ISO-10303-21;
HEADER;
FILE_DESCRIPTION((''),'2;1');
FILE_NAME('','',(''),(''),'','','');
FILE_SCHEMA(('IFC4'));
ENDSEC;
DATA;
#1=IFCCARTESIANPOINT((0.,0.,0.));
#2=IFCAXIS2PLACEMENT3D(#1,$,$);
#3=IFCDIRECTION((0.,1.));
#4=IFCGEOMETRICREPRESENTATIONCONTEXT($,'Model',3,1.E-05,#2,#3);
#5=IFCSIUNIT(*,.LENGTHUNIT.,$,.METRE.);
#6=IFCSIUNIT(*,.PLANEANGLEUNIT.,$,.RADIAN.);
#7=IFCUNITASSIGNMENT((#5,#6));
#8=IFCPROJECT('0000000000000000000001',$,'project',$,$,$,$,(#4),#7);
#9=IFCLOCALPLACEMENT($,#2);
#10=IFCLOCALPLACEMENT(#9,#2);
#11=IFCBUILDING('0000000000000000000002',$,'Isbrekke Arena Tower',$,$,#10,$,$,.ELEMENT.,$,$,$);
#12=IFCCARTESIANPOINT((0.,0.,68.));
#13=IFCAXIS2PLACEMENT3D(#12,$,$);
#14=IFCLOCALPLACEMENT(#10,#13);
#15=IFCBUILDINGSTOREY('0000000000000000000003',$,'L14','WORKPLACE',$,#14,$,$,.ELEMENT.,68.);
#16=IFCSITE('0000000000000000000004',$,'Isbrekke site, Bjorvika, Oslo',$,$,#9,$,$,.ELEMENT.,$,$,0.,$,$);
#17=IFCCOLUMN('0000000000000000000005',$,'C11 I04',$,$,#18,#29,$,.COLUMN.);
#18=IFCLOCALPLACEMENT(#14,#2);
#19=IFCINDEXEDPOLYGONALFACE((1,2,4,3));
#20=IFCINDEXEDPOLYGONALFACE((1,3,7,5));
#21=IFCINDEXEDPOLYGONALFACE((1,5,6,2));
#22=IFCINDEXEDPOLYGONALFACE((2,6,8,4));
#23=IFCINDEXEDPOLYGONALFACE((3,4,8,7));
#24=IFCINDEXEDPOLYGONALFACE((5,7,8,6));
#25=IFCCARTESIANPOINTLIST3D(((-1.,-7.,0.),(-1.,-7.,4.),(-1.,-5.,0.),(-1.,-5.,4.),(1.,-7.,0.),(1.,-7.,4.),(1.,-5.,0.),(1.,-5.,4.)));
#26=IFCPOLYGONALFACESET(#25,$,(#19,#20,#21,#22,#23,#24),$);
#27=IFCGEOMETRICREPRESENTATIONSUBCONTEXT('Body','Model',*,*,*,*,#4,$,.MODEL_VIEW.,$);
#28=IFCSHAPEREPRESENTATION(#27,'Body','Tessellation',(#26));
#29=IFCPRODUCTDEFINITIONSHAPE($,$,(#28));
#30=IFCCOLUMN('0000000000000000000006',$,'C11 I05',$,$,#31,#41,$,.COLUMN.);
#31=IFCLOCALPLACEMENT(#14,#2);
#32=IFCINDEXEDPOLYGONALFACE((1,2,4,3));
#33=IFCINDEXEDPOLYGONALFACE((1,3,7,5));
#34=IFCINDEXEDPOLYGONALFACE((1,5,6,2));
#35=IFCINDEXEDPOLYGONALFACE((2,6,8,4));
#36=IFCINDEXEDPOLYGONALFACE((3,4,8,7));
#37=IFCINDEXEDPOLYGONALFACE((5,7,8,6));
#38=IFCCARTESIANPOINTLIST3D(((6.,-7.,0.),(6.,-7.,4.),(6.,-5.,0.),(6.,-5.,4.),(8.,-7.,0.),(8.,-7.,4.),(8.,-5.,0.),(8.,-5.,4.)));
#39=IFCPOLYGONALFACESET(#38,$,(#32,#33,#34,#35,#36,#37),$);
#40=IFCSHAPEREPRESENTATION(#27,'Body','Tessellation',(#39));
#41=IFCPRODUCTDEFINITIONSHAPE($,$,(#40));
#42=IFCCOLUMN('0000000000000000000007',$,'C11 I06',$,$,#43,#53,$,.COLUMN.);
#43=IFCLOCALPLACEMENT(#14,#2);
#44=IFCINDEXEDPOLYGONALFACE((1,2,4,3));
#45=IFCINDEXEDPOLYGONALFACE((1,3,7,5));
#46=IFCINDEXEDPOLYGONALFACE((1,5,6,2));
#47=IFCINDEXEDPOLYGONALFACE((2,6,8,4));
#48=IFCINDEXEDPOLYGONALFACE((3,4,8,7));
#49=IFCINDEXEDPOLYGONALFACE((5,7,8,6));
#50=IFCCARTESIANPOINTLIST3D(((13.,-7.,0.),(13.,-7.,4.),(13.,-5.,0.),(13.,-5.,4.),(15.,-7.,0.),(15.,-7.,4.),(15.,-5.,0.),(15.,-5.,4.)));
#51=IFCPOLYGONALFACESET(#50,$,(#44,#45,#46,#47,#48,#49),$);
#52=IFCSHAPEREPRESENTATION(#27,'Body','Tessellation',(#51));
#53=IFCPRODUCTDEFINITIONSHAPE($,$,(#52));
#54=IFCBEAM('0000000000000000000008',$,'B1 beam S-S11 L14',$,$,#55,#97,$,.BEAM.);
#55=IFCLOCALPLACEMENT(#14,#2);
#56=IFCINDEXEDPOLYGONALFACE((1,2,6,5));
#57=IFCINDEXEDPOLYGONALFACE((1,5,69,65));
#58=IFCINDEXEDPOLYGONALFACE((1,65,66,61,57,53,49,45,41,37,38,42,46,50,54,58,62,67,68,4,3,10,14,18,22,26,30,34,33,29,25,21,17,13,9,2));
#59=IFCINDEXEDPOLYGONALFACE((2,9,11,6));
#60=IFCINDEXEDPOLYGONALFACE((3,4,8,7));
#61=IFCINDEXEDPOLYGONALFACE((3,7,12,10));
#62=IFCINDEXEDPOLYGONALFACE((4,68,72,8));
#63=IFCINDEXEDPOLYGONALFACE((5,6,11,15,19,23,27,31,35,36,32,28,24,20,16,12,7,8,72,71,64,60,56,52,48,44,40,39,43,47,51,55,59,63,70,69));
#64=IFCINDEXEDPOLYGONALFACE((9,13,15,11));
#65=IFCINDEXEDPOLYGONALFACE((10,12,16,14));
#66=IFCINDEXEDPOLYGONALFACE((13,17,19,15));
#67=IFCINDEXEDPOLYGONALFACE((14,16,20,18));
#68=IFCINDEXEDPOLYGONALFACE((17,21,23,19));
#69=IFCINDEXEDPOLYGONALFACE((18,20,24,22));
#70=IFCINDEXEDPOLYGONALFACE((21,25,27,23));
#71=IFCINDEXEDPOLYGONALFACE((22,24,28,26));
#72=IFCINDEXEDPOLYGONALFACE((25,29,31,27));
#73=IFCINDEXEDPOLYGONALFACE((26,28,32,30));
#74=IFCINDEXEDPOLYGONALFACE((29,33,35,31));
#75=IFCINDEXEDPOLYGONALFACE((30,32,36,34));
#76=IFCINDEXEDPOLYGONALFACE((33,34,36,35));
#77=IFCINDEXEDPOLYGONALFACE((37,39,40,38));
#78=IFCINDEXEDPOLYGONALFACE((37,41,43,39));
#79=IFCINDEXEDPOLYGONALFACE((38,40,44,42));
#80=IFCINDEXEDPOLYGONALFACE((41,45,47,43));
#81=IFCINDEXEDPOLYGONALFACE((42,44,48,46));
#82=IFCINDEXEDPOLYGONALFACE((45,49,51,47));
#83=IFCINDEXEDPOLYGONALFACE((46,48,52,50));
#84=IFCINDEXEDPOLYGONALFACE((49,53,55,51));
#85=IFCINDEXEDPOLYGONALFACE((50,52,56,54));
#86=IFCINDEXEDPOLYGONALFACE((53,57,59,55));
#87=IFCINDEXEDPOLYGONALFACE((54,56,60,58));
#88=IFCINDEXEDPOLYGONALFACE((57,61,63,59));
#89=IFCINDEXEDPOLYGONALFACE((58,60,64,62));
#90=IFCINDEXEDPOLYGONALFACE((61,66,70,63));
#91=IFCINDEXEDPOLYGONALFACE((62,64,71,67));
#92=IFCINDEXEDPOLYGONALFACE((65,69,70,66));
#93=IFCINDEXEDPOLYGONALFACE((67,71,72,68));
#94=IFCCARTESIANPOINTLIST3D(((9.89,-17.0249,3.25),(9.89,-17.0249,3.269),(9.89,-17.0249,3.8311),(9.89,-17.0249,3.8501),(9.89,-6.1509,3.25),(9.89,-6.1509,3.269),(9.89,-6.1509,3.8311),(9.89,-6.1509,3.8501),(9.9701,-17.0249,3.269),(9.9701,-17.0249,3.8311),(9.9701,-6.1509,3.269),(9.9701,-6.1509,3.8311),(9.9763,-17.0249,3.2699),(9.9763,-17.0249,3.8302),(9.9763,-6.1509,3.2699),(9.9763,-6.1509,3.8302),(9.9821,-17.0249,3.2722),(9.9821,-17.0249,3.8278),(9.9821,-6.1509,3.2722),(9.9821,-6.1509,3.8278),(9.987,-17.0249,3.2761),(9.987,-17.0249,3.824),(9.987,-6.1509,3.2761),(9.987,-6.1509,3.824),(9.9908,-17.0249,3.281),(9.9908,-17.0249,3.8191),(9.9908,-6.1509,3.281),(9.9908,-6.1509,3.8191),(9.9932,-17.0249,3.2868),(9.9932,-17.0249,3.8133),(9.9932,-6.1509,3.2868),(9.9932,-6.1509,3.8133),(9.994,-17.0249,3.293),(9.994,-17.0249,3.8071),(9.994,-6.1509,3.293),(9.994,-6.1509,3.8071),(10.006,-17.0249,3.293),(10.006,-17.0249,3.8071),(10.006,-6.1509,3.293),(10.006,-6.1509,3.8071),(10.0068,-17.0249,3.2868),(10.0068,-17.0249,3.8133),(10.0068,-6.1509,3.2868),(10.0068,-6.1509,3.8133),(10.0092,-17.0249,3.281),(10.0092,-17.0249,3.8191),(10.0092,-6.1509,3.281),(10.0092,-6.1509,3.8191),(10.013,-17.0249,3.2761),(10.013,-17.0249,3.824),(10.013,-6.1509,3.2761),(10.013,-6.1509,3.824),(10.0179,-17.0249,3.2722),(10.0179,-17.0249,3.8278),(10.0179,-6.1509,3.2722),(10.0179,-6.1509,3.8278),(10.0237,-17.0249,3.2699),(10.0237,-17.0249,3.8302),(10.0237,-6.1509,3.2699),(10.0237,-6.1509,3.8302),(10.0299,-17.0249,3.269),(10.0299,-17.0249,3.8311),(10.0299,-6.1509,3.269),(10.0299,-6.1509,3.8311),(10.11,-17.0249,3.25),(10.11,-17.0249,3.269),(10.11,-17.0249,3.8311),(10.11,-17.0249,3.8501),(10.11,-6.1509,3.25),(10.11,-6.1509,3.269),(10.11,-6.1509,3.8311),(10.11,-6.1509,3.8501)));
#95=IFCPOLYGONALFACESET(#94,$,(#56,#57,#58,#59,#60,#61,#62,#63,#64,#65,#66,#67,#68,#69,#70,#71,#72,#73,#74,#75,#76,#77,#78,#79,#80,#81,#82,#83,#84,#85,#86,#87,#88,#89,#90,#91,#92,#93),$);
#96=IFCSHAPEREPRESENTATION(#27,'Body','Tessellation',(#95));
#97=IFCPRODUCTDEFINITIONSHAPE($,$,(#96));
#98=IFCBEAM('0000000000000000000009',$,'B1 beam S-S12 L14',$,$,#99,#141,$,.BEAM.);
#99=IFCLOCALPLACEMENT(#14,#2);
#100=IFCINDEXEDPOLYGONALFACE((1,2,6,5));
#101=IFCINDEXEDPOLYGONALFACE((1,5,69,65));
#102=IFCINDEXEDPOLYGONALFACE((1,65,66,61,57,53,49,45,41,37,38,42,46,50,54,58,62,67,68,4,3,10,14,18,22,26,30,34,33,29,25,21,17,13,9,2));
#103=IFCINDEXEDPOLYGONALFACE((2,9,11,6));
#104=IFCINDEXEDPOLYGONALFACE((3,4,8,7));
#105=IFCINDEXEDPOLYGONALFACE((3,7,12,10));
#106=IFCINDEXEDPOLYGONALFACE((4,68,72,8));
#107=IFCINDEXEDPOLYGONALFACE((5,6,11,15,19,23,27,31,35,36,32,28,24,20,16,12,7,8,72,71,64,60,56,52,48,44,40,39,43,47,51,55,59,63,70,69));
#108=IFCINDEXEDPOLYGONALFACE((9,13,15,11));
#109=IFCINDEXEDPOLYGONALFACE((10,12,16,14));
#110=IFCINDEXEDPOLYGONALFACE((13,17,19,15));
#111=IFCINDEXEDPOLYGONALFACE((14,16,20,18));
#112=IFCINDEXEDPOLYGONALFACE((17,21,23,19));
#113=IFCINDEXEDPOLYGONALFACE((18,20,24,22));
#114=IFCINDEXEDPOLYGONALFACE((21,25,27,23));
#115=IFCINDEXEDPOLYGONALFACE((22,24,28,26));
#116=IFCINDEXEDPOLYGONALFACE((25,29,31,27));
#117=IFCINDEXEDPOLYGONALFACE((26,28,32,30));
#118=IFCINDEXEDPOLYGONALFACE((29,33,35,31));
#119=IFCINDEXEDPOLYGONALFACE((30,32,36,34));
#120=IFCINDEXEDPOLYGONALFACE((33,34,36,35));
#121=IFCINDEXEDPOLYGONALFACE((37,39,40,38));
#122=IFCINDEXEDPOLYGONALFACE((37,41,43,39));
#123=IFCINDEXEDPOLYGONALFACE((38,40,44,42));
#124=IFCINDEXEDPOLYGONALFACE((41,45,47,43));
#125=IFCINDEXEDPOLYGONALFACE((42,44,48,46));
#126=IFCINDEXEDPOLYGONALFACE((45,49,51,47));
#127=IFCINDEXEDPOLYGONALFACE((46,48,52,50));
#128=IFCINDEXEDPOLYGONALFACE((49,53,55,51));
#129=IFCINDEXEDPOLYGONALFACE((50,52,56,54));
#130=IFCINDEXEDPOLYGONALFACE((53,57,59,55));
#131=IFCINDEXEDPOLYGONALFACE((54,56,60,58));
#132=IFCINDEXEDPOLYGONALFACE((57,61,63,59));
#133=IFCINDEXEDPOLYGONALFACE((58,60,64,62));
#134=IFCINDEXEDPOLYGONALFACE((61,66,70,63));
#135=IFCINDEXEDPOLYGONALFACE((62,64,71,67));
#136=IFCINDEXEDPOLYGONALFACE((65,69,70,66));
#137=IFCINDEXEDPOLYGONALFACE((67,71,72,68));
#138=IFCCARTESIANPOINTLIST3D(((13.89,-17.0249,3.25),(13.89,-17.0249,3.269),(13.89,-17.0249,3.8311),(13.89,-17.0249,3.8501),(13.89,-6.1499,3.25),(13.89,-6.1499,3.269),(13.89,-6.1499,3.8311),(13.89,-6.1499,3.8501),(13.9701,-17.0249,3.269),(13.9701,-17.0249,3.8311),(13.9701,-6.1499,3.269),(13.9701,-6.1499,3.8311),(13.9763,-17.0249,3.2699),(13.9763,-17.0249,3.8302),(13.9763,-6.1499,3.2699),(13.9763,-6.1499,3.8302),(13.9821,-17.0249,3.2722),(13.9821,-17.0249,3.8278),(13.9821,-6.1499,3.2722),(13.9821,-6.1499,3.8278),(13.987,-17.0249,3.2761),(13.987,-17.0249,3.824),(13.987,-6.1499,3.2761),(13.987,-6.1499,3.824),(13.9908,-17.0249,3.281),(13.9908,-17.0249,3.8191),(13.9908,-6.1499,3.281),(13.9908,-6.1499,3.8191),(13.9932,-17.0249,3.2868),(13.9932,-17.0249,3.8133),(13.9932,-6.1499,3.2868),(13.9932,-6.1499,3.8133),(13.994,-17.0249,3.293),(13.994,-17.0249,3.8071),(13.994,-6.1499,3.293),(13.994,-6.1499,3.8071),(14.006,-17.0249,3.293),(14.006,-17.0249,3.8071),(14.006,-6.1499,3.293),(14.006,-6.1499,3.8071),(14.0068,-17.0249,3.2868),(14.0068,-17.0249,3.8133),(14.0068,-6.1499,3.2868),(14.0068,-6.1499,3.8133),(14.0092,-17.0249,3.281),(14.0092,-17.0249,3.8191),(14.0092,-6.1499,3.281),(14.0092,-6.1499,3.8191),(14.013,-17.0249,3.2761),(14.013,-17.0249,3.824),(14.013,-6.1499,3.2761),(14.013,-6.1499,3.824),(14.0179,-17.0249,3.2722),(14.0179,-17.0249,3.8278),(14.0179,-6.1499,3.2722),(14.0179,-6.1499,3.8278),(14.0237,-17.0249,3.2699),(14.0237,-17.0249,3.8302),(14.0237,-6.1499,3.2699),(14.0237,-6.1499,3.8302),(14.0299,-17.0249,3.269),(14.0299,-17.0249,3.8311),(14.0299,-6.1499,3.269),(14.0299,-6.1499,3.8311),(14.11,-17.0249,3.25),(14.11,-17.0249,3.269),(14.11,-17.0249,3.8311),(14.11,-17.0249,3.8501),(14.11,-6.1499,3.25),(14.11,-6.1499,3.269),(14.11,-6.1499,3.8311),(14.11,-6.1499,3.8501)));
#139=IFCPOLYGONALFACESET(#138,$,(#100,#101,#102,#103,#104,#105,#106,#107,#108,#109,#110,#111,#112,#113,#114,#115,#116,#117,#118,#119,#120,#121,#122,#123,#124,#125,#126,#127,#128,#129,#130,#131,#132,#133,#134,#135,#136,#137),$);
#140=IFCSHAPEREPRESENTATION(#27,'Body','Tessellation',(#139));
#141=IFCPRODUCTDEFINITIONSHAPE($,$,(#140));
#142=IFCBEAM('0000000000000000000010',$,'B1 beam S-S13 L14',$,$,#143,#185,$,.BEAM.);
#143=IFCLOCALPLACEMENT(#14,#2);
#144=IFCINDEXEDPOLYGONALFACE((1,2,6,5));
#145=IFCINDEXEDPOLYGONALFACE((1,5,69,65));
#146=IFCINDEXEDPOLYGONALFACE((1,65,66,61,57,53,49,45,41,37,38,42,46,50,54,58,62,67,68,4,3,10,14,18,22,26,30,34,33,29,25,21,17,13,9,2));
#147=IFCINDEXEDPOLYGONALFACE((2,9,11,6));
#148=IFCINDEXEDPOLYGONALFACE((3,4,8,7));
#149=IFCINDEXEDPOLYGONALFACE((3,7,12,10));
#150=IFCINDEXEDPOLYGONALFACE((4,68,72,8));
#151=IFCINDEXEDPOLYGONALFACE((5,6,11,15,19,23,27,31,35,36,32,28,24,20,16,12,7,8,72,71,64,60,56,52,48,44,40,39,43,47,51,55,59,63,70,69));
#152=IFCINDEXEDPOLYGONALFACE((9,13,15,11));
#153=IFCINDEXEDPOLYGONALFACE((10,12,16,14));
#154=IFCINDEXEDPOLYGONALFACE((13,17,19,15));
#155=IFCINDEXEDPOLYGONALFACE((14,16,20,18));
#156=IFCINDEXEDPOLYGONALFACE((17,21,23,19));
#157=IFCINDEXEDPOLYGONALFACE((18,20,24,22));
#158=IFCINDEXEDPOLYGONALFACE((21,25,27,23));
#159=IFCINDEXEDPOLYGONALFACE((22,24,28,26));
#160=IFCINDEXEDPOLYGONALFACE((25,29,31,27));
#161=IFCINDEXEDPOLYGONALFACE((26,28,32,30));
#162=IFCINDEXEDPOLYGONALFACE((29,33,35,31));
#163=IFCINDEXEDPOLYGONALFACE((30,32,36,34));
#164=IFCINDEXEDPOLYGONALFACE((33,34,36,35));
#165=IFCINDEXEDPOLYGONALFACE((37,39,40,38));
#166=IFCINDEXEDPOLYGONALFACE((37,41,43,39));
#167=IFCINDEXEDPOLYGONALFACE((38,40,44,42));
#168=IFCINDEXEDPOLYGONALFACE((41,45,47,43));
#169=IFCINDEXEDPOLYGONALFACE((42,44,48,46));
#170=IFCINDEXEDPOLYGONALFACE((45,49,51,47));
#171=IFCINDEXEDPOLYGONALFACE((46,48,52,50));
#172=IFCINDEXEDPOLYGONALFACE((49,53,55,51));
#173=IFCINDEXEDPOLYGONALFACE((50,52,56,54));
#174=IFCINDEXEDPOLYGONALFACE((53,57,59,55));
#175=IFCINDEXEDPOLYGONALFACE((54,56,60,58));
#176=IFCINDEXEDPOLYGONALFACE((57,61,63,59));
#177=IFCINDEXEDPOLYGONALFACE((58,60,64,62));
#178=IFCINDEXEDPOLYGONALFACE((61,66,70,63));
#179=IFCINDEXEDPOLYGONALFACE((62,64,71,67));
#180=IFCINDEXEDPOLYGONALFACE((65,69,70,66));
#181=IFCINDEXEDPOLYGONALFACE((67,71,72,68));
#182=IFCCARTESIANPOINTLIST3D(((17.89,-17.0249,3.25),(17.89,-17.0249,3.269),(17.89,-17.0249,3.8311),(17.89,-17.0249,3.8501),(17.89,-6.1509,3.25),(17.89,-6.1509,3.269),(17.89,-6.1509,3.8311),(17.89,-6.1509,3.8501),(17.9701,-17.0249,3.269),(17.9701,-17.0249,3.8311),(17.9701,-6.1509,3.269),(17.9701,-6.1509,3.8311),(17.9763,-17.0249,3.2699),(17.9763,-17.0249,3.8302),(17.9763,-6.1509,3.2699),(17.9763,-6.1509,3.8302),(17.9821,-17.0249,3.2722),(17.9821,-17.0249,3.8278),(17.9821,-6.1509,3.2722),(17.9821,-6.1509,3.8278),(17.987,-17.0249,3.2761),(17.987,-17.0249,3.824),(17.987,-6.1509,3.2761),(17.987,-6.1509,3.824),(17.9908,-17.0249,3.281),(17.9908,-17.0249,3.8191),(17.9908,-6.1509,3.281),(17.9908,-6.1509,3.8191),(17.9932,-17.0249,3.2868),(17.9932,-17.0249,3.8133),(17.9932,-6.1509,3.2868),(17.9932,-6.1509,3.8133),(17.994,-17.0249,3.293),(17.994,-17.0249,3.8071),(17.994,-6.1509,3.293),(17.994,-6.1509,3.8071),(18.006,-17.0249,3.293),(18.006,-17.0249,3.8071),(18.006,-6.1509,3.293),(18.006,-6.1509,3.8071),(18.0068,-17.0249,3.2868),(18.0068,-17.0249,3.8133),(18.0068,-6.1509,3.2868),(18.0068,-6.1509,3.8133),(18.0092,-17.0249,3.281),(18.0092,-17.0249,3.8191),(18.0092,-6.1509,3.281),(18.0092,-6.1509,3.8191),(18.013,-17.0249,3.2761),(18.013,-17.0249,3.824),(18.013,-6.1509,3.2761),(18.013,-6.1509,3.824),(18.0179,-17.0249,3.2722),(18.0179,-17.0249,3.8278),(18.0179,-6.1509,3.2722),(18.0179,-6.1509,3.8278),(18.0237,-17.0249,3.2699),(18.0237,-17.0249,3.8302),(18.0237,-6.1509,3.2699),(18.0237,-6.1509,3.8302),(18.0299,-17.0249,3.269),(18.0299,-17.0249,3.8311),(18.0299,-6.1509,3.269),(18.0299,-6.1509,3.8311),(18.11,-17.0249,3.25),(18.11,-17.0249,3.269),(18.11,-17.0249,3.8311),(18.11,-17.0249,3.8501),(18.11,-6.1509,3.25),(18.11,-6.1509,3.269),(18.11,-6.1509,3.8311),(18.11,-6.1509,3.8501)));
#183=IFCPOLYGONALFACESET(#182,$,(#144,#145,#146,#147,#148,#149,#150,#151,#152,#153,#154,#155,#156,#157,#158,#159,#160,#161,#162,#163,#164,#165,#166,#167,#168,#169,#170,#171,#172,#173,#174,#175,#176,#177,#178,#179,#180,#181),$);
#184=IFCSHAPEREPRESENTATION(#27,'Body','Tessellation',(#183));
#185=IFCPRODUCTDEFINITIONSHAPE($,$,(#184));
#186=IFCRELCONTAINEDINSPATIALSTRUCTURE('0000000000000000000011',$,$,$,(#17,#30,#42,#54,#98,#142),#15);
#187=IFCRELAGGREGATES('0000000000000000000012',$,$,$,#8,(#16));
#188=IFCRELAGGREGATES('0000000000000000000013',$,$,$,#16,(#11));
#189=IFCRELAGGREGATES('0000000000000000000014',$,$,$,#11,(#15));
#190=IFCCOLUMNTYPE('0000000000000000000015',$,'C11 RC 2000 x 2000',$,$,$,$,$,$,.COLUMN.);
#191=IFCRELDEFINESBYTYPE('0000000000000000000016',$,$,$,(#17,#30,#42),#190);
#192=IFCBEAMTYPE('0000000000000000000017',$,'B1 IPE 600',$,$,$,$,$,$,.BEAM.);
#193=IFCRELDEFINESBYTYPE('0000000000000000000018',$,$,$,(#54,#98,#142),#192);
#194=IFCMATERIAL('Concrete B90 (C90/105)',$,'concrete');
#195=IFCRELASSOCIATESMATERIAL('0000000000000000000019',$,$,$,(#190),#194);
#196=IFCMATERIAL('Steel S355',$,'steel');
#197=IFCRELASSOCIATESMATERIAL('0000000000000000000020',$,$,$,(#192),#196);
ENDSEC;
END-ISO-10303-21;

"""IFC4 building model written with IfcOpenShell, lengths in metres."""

from ifc_helpers import new_model, si_unit, direction, frame, origin, origin_2d, place, context, subcontext, project, spatial, rectangle, i_section, extrude, material, material_profile, profile_set, type_object, element, save


model = new_model("IFC4")

# Units and contexts
model_context = context("Model", 3, precision=1e-05, world=origin(), true_north=direction((0.0, 1.0)))
body_context = subcontext(model_context, "Body", "Model", "MODEL_VIEW")
ifc_project = project(units=[si_unit("LENGTHUNIT", "METRE"), si_unit("PLANEANGLEUNIT", "RADIAN")], contexts=[model_context])

# Site, building, storey
site_placement = place(None, origin())
site = spatial("IfcSite", under=ifc_project, at=site_placement, Name="Isbrekke site, Bjorvika, Oslo", CompositionType="ELEMENT", RefElevation=0.0)
building_placement = place(site_placement, origin())
building = spatial("IfcBuilding", under=site, at=building_placement, Name="Isbrekke Arena Tower", CompositionType="ELEMENT")
storey_placement = place(building_placement, frame((0.0, 0.0, 68.0)))
storey = spatial("IfcBuildingStorey", under=building, at=storey_placement, Name="L14", Description="WORKPLACE", CompositionType="ELEMENT", Elevation=68.0)

# Columns
ifc_material_1 = material(Name="Concrete B90 (C90/105)", Category="concrete")
ifc_material_profile_1 = material_profile(ifc_material_1, rectangle(XDim=2.0, YDim=2.0, at=origin_2d()), Name="RC 2000x2000")
ifc_profile_set_1 = profile_set([ifc_material_profile_1], Name="Concrete B90 (C90/105)")
column_type = type_object("IfcColumnType", Name="C11 RC 2000 x 2000", PredefinedType="COLUMN", material=ifc_profile_set_1)
for number, where, z_axis, x_axis, name in (
    (1, (0.0, -6.0, 0.0), (0.0, 0.0, 1.0), (1.0, 0.0, 0.0), "C11 I04"),
    (2, (7.0, -6.0, 0.0), (0.0, 0.0, 1.0), (1.0, 0.0, 0.0), "C11 I05"),
    (3, (14.0, -6.0, 0.0), (0.0, 0.0, 1.0), (1.0, 0.0, 0.0), "C11 I06"),
):
    element("IfcColumn", number, at=place(storey_placement, frame(where, z_axis=z_axis, x_axis=x_axis)), inside=storey, type_object=column_type, Name=name, PredefinedType="COLUMN", context=body_context, shape_type="SweptSolid", body=[
        extrude(rectangle(XDim=2.0, YDim=2.0, at=origin_2d()), origin(), (0.0, 0.0, 1.0), 4.0),
    ])

# Beams
ifc_material_2 = material(Name="Steel S355", Category="steel")
ifc_material_profile_2 = material_profile(ifc_material_2, i_section(OverallWidth=0.22, OverallDepth=0.6001, WebThickness=0.012, FlangeThickness=0.019, FilletRadius=0.0239, at=origin_2d()), Name="IPE 600")
ifc_profile_set_2 = profile_set([ifc_material_profile_2], Name="Steel S355")
beam_type_1 = type_object("IfcBeamType", Name="B1 IPE 600", PredefinedType="BEAM", material=ifc_profile_set_2)
beam_1_placement = place(storey_placement, frame((10.0, -17.0249, 3.55), z_axis=(0.0, 1.0, 0.0), x_axis=(-1.0, 0.0, 0.0)))
element("IfcBeam", 4, at=beam_1_placement, inside=storey, type_object=beam_type_1, Name="B1 beam S-S11 L14", PredefinedType="BEAM", context=body_context, shape_type="SweptSolid", body=[
    extrude(i_section(OverallWidth=0.22, OverallDepth=0.6001, WebThickness=0.012, FlangeThickness=0.019, FilletRadius=0.0239, at=origin_2d()), origin(), (0.0, 0.0, 1.0), 10.874),
])
beam_2_placement = place(storey_placement, frame((14.0, -17.0249, 3.55), z_axis=(0.0, 1.0, 0.0), x_axis=(-1.0, 0.0, 0.0)))
element("IfcBeam", 5, at=beam_2_placement, inside=storey, type_object=beam_type_1, Name="B1 beam S-S12 L14", PredefinedType="BEAM", context=body_context, shape_type="SweptSolid", body=[
    extrude(i_section(OverallWidth=0.22, OverallDepth=0.6001, WebThickness=0.012, FlangeThickness=0.019, FilletRadius=0.0239, at=origin_2d()), origin(), (0.0, 0.0, 1.0), 10.875),
])
beam_3_placement = place(storey_placement, frame((18.0, -17.0249, 3.55), z_axis=(0.0, 1.0, 0.0), x_axis=(-1.0, 0.0, 0.0)))
element("IfcBeam", 6, at=beam_3_placement, inside=storey, type_object=beam_type_1, Name="B1 beam S-S13 L14", PredefinedType="BEAM", context=body_context, shape_type="SweptSolid", body=[
    extrude(i_section(OverallWidth=0.22, OverallDepth=0.6001, WebThickness=0.012, FlangeThickness=0.019, FilletRadius=0.0239, at=origin_2d()), origin(), (0.0, 0.0, 1.0), 10.874),
])

save(model, "model.ifc")
